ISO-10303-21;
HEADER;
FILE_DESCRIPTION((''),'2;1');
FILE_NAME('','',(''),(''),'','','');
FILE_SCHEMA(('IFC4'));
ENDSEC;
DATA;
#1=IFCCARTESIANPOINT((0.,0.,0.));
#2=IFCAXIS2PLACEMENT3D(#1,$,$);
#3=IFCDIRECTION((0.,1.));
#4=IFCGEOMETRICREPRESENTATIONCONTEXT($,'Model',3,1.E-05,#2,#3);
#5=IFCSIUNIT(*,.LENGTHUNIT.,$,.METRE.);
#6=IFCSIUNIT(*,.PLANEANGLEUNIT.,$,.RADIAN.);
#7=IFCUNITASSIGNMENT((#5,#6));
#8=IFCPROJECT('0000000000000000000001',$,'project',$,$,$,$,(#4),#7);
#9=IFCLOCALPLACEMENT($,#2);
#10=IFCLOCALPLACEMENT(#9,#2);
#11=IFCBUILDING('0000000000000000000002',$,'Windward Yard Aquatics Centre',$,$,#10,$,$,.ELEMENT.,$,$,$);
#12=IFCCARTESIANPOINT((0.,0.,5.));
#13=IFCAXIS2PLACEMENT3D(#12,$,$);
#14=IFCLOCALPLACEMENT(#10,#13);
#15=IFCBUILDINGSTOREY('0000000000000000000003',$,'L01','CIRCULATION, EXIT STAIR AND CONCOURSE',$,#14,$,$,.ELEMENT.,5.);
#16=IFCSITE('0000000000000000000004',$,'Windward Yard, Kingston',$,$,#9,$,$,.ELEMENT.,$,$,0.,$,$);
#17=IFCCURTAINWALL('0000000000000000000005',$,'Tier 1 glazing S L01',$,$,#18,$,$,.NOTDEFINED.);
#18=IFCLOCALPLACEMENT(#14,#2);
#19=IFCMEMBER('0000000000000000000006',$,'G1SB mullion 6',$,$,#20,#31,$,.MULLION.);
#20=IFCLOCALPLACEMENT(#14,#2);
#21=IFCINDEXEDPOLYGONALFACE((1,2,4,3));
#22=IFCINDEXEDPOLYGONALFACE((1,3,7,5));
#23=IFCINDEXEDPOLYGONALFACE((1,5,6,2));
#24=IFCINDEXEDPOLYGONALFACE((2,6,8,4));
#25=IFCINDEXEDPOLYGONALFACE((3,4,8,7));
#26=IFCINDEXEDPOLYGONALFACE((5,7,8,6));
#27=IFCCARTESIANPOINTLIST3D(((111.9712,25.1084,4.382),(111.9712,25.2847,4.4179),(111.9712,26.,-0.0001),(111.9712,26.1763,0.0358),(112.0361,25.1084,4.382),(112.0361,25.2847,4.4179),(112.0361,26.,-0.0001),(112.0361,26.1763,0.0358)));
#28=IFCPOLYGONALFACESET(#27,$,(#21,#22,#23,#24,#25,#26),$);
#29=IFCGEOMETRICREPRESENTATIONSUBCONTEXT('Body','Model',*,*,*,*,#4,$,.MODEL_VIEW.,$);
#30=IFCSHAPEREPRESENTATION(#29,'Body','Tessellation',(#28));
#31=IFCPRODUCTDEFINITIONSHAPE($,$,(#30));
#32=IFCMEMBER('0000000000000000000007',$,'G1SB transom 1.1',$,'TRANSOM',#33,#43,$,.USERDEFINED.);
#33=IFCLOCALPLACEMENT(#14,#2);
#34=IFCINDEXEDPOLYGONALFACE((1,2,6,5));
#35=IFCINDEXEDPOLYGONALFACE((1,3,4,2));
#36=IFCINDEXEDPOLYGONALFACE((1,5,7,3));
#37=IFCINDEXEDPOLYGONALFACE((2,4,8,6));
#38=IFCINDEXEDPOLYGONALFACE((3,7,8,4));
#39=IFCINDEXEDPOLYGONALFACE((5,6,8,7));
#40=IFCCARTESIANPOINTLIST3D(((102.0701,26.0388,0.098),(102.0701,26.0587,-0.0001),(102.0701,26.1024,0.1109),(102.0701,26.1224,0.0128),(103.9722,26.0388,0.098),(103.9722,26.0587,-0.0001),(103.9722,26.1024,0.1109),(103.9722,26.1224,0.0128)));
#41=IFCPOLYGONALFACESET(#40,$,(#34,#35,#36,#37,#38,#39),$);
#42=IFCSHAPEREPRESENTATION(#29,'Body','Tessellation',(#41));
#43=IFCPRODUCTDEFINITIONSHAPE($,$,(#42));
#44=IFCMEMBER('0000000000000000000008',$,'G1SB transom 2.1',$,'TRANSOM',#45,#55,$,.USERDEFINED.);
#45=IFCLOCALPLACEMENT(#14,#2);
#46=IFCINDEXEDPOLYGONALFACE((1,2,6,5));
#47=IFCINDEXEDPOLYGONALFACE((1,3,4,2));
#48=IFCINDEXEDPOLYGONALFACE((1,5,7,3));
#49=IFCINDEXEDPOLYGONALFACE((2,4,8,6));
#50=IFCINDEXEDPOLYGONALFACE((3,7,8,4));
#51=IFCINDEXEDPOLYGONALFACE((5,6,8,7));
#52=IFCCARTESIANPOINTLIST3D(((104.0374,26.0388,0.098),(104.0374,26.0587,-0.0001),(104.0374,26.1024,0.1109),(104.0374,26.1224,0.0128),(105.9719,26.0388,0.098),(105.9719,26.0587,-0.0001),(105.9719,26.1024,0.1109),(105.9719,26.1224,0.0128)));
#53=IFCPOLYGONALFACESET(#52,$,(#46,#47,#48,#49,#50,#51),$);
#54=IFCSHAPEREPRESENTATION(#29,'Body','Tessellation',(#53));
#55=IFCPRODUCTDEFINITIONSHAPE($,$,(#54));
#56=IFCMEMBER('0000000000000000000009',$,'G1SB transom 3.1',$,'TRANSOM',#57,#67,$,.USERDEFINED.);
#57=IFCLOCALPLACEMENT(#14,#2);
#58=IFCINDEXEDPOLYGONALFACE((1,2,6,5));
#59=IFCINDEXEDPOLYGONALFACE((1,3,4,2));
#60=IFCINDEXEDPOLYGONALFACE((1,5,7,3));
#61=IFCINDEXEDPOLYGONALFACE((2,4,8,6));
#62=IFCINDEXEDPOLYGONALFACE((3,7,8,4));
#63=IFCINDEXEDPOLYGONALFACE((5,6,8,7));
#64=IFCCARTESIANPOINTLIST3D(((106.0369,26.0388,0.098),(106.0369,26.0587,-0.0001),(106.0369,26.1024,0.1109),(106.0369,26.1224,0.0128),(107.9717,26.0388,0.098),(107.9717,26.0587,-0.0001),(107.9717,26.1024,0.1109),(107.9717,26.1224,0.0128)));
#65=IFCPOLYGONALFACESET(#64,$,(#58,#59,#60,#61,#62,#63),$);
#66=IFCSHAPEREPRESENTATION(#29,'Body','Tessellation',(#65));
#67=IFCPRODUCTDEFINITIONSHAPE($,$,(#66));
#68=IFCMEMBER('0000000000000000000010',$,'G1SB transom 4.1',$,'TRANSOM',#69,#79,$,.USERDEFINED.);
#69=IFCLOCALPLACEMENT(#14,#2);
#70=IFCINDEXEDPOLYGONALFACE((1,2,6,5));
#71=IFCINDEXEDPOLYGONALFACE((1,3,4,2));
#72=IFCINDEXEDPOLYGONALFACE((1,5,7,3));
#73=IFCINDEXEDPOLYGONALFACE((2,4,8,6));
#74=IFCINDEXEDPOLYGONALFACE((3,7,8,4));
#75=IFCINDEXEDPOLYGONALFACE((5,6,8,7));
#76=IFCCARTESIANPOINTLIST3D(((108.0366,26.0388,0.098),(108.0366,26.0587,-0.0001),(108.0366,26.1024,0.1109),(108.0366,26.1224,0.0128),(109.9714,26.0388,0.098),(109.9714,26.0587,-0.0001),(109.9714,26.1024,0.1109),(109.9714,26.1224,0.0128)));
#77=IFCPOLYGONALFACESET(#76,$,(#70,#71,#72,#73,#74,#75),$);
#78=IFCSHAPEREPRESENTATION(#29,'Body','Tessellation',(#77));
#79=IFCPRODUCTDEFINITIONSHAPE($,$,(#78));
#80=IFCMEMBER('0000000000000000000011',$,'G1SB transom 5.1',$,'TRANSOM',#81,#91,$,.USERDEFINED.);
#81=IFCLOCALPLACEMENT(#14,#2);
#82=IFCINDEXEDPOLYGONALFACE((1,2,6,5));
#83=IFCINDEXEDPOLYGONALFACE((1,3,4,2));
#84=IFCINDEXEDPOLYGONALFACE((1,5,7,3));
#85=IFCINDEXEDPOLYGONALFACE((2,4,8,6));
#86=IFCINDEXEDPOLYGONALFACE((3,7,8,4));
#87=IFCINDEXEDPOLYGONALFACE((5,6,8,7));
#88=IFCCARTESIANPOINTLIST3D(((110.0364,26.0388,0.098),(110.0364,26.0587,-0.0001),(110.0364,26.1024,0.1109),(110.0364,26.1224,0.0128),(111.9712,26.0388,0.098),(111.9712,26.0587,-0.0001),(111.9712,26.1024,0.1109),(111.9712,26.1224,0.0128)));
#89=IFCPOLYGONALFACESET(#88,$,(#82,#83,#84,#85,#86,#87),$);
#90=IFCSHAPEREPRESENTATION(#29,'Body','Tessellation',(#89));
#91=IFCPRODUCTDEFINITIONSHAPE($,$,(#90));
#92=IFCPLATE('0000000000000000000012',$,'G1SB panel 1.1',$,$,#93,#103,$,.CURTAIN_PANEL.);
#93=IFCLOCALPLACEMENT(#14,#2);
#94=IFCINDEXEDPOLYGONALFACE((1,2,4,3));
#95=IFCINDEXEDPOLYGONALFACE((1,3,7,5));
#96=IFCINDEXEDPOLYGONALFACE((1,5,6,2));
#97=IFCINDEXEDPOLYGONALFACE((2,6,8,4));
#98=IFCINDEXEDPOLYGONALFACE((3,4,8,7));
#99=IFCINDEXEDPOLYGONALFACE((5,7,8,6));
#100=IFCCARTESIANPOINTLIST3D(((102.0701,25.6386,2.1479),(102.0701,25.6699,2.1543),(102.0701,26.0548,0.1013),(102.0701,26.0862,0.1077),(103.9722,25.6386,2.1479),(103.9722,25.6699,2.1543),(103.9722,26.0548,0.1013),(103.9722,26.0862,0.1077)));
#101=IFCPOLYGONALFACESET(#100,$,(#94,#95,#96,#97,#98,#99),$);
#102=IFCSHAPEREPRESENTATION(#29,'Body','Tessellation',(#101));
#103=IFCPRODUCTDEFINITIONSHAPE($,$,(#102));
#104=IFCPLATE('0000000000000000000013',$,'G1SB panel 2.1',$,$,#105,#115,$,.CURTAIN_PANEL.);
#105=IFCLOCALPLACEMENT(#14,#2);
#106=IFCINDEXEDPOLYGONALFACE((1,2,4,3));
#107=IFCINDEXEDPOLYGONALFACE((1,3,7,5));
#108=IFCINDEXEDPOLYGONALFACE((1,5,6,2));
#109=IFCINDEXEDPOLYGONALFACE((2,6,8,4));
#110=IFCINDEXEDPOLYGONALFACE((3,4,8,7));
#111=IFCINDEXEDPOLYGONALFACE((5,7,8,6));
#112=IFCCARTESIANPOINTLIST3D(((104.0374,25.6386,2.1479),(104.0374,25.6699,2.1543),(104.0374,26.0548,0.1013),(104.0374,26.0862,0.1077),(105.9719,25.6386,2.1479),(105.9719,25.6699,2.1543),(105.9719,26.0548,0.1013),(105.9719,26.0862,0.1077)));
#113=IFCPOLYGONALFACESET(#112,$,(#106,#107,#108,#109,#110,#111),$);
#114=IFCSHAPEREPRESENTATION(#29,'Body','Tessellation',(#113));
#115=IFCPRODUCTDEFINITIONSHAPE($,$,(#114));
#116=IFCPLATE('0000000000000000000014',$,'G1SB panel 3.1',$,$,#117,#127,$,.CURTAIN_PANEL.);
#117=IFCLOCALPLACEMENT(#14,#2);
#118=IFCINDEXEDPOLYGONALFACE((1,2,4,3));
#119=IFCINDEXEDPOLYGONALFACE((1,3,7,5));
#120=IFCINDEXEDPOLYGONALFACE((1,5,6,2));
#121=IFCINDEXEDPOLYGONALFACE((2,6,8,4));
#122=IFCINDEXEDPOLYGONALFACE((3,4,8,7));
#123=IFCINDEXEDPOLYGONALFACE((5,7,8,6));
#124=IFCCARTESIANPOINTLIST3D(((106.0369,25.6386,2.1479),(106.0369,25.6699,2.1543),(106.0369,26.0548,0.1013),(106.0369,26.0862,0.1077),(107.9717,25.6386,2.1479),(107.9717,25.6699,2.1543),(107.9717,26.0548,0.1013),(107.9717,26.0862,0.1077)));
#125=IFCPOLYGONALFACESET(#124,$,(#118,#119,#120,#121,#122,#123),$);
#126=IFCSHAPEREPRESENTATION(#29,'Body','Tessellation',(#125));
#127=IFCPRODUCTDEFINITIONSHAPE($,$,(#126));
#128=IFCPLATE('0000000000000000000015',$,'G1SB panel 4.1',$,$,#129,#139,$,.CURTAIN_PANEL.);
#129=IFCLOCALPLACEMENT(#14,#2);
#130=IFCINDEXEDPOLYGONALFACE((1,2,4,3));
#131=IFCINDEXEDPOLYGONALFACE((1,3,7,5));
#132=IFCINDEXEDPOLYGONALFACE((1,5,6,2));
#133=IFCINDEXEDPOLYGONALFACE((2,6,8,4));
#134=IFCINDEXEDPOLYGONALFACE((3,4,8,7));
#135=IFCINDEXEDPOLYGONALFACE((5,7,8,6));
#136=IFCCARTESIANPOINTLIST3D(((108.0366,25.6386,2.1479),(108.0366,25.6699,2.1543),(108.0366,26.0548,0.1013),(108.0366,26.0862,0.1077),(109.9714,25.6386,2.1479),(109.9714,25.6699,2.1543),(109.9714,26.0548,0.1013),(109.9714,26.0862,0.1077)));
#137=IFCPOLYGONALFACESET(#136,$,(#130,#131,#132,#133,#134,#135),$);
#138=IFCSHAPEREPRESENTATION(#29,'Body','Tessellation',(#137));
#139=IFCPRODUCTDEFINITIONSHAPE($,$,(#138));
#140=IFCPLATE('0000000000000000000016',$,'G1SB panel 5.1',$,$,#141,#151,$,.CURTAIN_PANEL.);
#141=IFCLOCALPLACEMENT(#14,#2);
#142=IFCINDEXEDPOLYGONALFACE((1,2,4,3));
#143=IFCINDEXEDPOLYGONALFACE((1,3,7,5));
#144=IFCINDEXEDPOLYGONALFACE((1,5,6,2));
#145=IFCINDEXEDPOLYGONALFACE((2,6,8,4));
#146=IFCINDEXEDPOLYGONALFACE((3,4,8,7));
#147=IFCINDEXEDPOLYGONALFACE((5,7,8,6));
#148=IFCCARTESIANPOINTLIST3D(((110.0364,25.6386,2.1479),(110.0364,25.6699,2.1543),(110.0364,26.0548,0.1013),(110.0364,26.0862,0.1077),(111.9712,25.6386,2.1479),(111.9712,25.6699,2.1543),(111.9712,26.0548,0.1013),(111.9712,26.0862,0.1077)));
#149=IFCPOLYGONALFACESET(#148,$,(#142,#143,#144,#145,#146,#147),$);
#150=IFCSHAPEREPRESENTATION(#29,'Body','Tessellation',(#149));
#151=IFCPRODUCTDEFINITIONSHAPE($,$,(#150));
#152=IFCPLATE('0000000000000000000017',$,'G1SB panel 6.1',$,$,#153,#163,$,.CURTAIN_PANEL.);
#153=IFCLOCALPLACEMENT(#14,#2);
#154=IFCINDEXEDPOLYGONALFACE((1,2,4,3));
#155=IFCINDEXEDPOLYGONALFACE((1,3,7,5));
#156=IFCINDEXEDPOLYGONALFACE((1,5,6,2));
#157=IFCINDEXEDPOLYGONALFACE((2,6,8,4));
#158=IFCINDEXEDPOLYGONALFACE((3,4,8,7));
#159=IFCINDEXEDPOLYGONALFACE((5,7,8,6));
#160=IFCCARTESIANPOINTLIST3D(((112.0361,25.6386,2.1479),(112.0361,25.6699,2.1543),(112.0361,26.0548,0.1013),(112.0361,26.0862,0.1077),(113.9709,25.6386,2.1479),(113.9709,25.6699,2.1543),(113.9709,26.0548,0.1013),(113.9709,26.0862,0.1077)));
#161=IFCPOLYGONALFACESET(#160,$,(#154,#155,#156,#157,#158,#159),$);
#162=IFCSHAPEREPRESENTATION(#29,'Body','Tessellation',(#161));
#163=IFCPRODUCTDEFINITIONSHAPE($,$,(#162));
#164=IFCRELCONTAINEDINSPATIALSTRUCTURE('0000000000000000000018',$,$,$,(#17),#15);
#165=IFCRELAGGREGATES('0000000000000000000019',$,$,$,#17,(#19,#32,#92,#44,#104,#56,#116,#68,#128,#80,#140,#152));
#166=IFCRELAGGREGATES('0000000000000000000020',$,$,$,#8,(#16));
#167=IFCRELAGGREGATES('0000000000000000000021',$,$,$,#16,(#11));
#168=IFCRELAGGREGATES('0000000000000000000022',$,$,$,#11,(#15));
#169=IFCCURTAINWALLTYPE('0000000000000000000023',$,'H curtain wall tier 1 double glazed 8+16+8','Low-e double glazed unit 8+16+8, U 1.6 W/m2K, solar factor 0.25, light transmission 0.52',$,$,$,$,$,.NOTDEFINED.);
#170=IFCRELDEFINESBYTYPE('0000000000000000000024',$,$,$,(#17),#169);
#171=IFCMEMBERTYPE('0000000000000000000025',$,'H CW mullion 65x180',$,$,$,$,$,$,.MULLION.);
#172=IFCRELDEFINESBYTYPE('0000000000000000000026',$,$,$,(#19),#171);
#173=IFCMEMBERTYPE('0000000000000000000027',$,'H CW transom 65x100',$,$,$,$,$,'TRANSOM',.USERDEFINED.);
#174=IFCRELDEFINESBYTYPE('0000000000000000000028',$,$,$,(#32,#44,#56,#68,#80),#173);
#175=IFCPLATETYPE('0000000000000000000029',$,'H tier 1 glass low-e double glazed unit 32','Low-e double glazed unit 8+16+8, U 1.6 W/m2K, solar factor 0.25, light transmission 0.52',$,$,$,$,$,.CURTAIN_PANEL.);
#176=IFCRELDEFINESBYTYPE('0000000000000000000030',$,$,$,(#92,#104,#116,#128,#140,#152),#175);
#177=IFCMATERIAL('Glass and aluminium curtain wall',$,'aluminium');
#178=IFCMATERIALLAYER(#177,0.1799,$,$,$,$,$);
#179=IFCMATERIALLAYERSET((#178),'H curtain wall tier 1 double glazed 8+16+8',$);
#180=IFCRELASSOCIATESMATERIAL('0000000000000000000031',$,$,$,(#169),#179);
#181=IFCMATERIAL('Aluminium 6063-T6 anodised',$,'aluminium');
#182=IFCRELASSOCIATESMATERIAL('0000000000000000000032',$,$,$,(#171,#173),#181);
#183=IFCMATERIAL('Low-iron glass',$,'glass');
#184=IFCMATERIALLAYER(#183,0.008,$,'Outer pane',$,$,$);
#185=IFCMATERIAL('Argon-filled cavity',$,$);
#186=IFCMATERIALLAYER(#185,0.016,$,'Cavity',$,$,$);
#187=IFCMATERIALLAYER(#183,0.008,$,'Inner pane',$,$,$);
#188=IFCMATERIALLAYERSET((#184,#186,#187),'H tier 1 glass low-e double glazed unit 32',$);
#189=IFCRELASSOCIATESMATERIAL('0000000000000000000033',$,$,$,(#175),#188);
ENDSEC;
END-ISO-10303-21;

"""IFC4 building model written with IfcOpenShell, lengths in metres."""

from ifc_helpers import new_model, si_unit, direction, frame, origin, origin_2d, place, context, subcontext, project, spatial, polyline, rectangle, outline, extrude, material, layer, layer_set, material_profile, profile_set, type_object, element, aggregate, save


model = new_model("IFC4")

# Units and contexts
model_context = context("Model", 3, precision=1e-05, world=origin(), true_north=direction((0.0, 1.0)))
body_context = subcontext(model_context, "Body", "Model", "MODEL_VIEW")
ifc_project = project(units=[si_unit("LENGTHUNIT", "METRE"), si_unit("PLANEANGLEUNIT", "RADIAN")], contexts=[model_context])

# Site, building, storey
site_placement = place(None, origin())
site = spatial("IfcSite", under=ifc_project, at=site_placement, Name="Windward Yard, Kingston", CompositionType="ELEMENT", RefElevation=0.0)
building_placement = place(site_placement, origin())
building = spatial("IfcBuilding", under=site, at=building_placement, Name="Windward Yard Aquatics Centre", CompositionType="ELEMENT")
storey_placement = place(building_placement, frame((0.0, 0.0, 5.0)))
storey = spatial("IfcBuildingStorey", under=building, at=storey_placement, Name="L01", Description="CIRCULATION, EXIT STAIR AND CONCOURSE", CompositionType="ELEMENT", Elevation=5.0)

# Curtain wall, members, plates
ifc_material_1 = material(Name="Glass and aluminium curtain wall", Category="aluminium")
ifc_layer_1 = layer(ifc_material_1, 0.1799)
ifc_layer_set_1 = layer_set([ifc_layer_1], Name="H curtain wall tier 1 double glazed 8+16+8")
curtain_wall_type = type_object("IfcCurtainWallType", Name="H curtain wall tier 1 double glazed 8+16+8", Description="Low-e double glazed unit 8+16+8, U 1.6 W/m2K, solar factor 0.25, light transmission 0.52", PredefinedType="NOTDEFINED", material=ifc_layer_set_1)
curtain_wall_placement = place(storey_placement, origin())
curtain_wall = element("IfcCurtainWall", 1, at=curtain_wall_placement, inside=storey, type_object=curtain_wall_type, Name="Tier 1 glazing S L01", PredefinedType="NOTDEFINED")
ifc_material_2 = material(Name="Aluminium 6063-T6 anodised", Category="aluminium")
ifc_material_profile_1 = material_profile(ifc_material_2, rectangle(XDim=0.0649, YDim=0.1799, at=origin_2d()), Name="H CW mullion 65x180")
ifc_profile_set_1 = profile_set([ifc_material_profile_1], Name="Aluminium 6063-T6 anodised")
member_type_1 = type_object("IfcMemberType", Name="H CW mullion 65x180", PredefinedType="MULLION", material=ifc_profile_set_1)
member_1_placement = place(storey_placement, frame((112.0037, 26.0881, 0.0178), z_axis=(0.0, -0.19938, 0.979922), x_axis=(1.0, 0.0, 0.0)))
member_1 = element("IfcMember", 2, at=member_1_placement, type_object=member_type_1, Name="G1SB mullion 6", PredefinedType="MULLION", context=body_context, shape_type="SweptSolid", body=[
    extrude(rectangle(XDim=0.0649, YDim=0.1799, at=origin_2d()), origin(), (0.0, 0.0, 1.0), 4.4719),
])
ifc_material_profile_2 = material_profile(ifc_material_2, rectangle(XDim=0.0649, YDim=0.1001, at=origin_2d()), Name="H CW transom 65x100")
ifc_profile_set_2 = profile_set([ifc_material_profile_2], Name="Aluminium 6063-T6 anodised")
member_type_2 = type_object("IfcMemberType", Name="H CW transom 65x100", ElementType="TRANSOM", PredefinedType="USERDEFINED", material=ifc_profile_set_2)
member_2_placement = place(storey_placement, frame((102.0701, 26.0806, 0.0554), z_axis=(1.0, 0.0, 0.0), x_axis=(0.0, 0.979925, 0.199368)))
member_2 = element("IfcMember", 3, at=member_2_placement, type_object=member_type_2, Name="G1SB transom 1.1", ObjectType="TRANSOM", PredefinedType="USERDEFINED", context=body_context, shape_type="SweptSolid", body=[
    extrude(rectangle(XDim=0.0649, YDim=0.1001, at=origin_2d()), origin(), (0.0, 0.0, 1.0), 1.9021),
])
member_3_placement = place(storey_placement, frame((104.0374, 26.0806, 0.0554), z_axis=(1.0, 0.0, 0.0), x_axis=(0.0, 0.979925, 0.199368)))
member_3 = element("IfcMember", 4, at=member_3_placement, type_object=member_type_2, Name="G1SB transom 2.1", ObjectType="TRANSOM", PredefinedType="USERDEFINED", context=body_context, shape_type="SweptSolid", body=[
    extrude(rectangle(XDim=0.0649, YDim=0.1001, at=origin_2d()), origin(), (0.0, 0.0, 1.0), 1.9346),
])
member_4_placement = place(storey_placement, frame((106.0369, 26.0806, 0.0554), z_axis=(1.0, 0.0, 0.0), x_axis=(0.0, 0.979925, 0.199368)))
member_4 = element("IfcMember", 5, at=member_4_placement, type_object=member_type_2, Name="G1SB transom 3.1", ObjectType="TRANSOM", PredefinedType="USERDEFINED", context=body_context, shape_type="SweptSolid", body=[
    extrude(rectangle(XDim=0.0649, YDim=0.1001, at=origin_2d()), origin(), (0.0, 0.0, 1.0), 1.9348),
])
member_5_placement = place(storey_placement, frame((108.0366, 26.0806, 0.0554), z_axis=(1.0, 0.0, 0.0), x_axis=(0.0, 0.979925, 0.199368)))
member_5 = element("IfcMember", 6, at=member_5_placement, type_object=member_type_2, Name="G1SB transom 4.1", ObjectType="TRANSOM", PredefinedType="USERDEFINED", context=body_context, shape_type="SweptSolid", body=[
    extrude(rectangle(XDim=0.0649, YDim=0.1001, at=origin_2d()), origin(), (0.0, 0.0, 1.0), 1.9348),
])
member_6_placement = place(storey_placement, frame((110.0364, 26.0806, 0.0554), z_axis=(1.0, 0.0, 0.0), x_axis=(0.0, 0.979925, 0.199368)))
member_6 = element("IfcMember", 7, at=member_6_placement, type_object=member_type_2, Name="G1SB transom 5.1", ObjectType="TRANSOM", PredefinedType="USERDEFINED", context=body_context, shape_type="SweptSolid", body=[
    extrude(rectangle(XDim=0.0649, YDim=0.1001, at=origin_2d()), origin(), (0.0, 0.0, 1.0), 1.9348),
])
ifc_material_3 = material(Name="Low-iron glass", Category="glass")
ifc_layer_2 = layer(ifc_material_3, 0.008, Name="Outer pane")
ifc_material_4 = material(Name="Argon-filled cavity")
ifc_layer_3 = layer(ifc_material_4, 0.016, Name="Cavity")
ifc_layer_4 = layer(ifc_material_3, 0.008, Name="Inner pane")
ifc_layer_set_2 = layer_set([ifc_layer_2, ifc_layer_3, ifc_layer_4], Name="H tier 1 glass low-e double glazed unit 32")
plate_type = type_object("IfcPlateType", Name="H tier 1 glass low-e double glazed unit 32", Description="Low-e double glazed unit 8+16+8, U 1.6 W/m2K, solar factor 0.25, light transmission 0.52", PredefinedType="CURTAIN_PANEL", material=ifc_layer_set_2)
plate_1_placement = place(storey_placement, frame((102.0701, 25.6699, 2.1543), z_axis=(0.0, 0.979937, 0.199307), x_axis=(0.0, 0.199307, -0.979937)))
plate_1 = element("IfcPlate", 8, at=plate_1_placement, type_object=plate_type, Name="G1SB panel 1.1", PredefinedType="CURTAIN_PANEL", context=body_context, shape_type="SweptSolid", body=[
    extrude(outline(polyline([(0.0, 0.0), (2.0885, 0.0), (2.0885, -1.9021), (0.0, -1.9021), (0.0, 0.0)])), origin(), (0.0, 0.0, -1.0), 0.032),
])
plate_2_placement = place(storey_placement, frame((104.0374, 25.6699, 2.1543), z_axis=(0.0, 0.979937, 0.199307), x_axis=(0.0, 0.199307, -0.979937)))
plate_2 = element("IfcPlate", 9, at=plate_2_placement, type_object=plate_type, Name="G1SB panel 2.1", PredefinedType="CURTAIN_PANEL", context=body_context, shape_type="SweptSolid", body=[
    extrude(outline(polyline([(0.0, 0.0), (2.0885, 0.0), (2.0885, -1.9346), (0.0, -1.9346), (0.0, 0.0)])), origin(), (0.0, 0.0, -1.0), 0.032),
])
plate_3_placement = place(storey_placement, frame((106.0369, 25.6699, 2.1543), z_axis=(0.0, 0.979937, 0.199307), x_axis=(0.0, 0.199307, -0.979937)))
plate_3 = element("IfcPlate", 10, at=plate_3_placement, type_object=plate_type, Name="G1SB panel 3.1", PredefinedType="CURTAIN_PANEL", context=body_context, shape_type="SweptSolid", body=[
    extrude(outline(polyline([(0.0, 0.0), (2.0885, 0.0), (2.0885, -1.9348), (0.0, -1.9348), (0.0, 0.0)])), origin(), (0.0, 0.0, -1.0), 0.032),
])
plate_4_placement = place(storey_placement, frame((108.0366, 25.6699, 2.1543), z_axis=(0.0, 0.979937, 0.199307), x_axis=(0.0, 0.199307, -0.979937)))
plate_4 = element("IfcPlate", 11, at=plate_4_placement, type_object=plate_type, Name="G1SB panel 4.1", PredefinedType="CURTAIN_PANEL", context=body_context, shape_type="SweptSolid", body=[
    extrude(outline(polyline([(0.0, 0.0), (2.0885, 0.0), (2.0885, -1.9348), (0.0, -1.9348), (0.0, 0.0)])), origin(), (0.0, 0.0, -1.0), 0.032),
])
plate_5_placement = place(storey_placement, frame((110.0364, 25.6699, 2.1543), z_axis=(0.0, 0.979937, 0.199307), x_axis=(0.0, 0.199307, -0.979937)))
plate_5 = element("IfcPlate", 12, at=plate_5_placement, type_object=plate_type, Name="G1SB panel 5.1", PredefinedType="CURTAIN_PANEL", context=body_context, shape_type="SweptSolid", body=[
    extrude(outline(polyline([(0.0, 0.0), (2.0885, 0.0), (2.0885, -1.9348), (0.0, -1.9348), (0.0, 0.0)])), origin(), (0.0, 0.0, -1.0), 0.032),
])
plate_6_placement = place(storey_placement, frame((112.0361, 25.6699, 2.1543), z_axis=(0.0, 0.979937, 0.199307), x_axis=(0.0, 0.199307, -0.979937)))
plate_6 = element("IfcPlate", 13, at=plate_6_placement, type_object=plate_type, Name="G1SB panel 6.1", PredefinedType="CURTAIN_PANEL", context=body_context, shape_type="SweptSolid", body=[
    extrude(outline(polyline([(0.0, 0.0), (2.0885, 0.0), (2.0885, -1.9348), (0.0, -1.9348), (0.0, 0.0)])), origin(), (0.0, 0.0, -1.0), 0.032),
])
aggregate(curtain_wall, [member_1, member_2, plate_1, member_3, plate_2, member_4, plate_3, member_5, plate_4, member_6, plate_5, plate_6])

save(model, "model.ifc")
